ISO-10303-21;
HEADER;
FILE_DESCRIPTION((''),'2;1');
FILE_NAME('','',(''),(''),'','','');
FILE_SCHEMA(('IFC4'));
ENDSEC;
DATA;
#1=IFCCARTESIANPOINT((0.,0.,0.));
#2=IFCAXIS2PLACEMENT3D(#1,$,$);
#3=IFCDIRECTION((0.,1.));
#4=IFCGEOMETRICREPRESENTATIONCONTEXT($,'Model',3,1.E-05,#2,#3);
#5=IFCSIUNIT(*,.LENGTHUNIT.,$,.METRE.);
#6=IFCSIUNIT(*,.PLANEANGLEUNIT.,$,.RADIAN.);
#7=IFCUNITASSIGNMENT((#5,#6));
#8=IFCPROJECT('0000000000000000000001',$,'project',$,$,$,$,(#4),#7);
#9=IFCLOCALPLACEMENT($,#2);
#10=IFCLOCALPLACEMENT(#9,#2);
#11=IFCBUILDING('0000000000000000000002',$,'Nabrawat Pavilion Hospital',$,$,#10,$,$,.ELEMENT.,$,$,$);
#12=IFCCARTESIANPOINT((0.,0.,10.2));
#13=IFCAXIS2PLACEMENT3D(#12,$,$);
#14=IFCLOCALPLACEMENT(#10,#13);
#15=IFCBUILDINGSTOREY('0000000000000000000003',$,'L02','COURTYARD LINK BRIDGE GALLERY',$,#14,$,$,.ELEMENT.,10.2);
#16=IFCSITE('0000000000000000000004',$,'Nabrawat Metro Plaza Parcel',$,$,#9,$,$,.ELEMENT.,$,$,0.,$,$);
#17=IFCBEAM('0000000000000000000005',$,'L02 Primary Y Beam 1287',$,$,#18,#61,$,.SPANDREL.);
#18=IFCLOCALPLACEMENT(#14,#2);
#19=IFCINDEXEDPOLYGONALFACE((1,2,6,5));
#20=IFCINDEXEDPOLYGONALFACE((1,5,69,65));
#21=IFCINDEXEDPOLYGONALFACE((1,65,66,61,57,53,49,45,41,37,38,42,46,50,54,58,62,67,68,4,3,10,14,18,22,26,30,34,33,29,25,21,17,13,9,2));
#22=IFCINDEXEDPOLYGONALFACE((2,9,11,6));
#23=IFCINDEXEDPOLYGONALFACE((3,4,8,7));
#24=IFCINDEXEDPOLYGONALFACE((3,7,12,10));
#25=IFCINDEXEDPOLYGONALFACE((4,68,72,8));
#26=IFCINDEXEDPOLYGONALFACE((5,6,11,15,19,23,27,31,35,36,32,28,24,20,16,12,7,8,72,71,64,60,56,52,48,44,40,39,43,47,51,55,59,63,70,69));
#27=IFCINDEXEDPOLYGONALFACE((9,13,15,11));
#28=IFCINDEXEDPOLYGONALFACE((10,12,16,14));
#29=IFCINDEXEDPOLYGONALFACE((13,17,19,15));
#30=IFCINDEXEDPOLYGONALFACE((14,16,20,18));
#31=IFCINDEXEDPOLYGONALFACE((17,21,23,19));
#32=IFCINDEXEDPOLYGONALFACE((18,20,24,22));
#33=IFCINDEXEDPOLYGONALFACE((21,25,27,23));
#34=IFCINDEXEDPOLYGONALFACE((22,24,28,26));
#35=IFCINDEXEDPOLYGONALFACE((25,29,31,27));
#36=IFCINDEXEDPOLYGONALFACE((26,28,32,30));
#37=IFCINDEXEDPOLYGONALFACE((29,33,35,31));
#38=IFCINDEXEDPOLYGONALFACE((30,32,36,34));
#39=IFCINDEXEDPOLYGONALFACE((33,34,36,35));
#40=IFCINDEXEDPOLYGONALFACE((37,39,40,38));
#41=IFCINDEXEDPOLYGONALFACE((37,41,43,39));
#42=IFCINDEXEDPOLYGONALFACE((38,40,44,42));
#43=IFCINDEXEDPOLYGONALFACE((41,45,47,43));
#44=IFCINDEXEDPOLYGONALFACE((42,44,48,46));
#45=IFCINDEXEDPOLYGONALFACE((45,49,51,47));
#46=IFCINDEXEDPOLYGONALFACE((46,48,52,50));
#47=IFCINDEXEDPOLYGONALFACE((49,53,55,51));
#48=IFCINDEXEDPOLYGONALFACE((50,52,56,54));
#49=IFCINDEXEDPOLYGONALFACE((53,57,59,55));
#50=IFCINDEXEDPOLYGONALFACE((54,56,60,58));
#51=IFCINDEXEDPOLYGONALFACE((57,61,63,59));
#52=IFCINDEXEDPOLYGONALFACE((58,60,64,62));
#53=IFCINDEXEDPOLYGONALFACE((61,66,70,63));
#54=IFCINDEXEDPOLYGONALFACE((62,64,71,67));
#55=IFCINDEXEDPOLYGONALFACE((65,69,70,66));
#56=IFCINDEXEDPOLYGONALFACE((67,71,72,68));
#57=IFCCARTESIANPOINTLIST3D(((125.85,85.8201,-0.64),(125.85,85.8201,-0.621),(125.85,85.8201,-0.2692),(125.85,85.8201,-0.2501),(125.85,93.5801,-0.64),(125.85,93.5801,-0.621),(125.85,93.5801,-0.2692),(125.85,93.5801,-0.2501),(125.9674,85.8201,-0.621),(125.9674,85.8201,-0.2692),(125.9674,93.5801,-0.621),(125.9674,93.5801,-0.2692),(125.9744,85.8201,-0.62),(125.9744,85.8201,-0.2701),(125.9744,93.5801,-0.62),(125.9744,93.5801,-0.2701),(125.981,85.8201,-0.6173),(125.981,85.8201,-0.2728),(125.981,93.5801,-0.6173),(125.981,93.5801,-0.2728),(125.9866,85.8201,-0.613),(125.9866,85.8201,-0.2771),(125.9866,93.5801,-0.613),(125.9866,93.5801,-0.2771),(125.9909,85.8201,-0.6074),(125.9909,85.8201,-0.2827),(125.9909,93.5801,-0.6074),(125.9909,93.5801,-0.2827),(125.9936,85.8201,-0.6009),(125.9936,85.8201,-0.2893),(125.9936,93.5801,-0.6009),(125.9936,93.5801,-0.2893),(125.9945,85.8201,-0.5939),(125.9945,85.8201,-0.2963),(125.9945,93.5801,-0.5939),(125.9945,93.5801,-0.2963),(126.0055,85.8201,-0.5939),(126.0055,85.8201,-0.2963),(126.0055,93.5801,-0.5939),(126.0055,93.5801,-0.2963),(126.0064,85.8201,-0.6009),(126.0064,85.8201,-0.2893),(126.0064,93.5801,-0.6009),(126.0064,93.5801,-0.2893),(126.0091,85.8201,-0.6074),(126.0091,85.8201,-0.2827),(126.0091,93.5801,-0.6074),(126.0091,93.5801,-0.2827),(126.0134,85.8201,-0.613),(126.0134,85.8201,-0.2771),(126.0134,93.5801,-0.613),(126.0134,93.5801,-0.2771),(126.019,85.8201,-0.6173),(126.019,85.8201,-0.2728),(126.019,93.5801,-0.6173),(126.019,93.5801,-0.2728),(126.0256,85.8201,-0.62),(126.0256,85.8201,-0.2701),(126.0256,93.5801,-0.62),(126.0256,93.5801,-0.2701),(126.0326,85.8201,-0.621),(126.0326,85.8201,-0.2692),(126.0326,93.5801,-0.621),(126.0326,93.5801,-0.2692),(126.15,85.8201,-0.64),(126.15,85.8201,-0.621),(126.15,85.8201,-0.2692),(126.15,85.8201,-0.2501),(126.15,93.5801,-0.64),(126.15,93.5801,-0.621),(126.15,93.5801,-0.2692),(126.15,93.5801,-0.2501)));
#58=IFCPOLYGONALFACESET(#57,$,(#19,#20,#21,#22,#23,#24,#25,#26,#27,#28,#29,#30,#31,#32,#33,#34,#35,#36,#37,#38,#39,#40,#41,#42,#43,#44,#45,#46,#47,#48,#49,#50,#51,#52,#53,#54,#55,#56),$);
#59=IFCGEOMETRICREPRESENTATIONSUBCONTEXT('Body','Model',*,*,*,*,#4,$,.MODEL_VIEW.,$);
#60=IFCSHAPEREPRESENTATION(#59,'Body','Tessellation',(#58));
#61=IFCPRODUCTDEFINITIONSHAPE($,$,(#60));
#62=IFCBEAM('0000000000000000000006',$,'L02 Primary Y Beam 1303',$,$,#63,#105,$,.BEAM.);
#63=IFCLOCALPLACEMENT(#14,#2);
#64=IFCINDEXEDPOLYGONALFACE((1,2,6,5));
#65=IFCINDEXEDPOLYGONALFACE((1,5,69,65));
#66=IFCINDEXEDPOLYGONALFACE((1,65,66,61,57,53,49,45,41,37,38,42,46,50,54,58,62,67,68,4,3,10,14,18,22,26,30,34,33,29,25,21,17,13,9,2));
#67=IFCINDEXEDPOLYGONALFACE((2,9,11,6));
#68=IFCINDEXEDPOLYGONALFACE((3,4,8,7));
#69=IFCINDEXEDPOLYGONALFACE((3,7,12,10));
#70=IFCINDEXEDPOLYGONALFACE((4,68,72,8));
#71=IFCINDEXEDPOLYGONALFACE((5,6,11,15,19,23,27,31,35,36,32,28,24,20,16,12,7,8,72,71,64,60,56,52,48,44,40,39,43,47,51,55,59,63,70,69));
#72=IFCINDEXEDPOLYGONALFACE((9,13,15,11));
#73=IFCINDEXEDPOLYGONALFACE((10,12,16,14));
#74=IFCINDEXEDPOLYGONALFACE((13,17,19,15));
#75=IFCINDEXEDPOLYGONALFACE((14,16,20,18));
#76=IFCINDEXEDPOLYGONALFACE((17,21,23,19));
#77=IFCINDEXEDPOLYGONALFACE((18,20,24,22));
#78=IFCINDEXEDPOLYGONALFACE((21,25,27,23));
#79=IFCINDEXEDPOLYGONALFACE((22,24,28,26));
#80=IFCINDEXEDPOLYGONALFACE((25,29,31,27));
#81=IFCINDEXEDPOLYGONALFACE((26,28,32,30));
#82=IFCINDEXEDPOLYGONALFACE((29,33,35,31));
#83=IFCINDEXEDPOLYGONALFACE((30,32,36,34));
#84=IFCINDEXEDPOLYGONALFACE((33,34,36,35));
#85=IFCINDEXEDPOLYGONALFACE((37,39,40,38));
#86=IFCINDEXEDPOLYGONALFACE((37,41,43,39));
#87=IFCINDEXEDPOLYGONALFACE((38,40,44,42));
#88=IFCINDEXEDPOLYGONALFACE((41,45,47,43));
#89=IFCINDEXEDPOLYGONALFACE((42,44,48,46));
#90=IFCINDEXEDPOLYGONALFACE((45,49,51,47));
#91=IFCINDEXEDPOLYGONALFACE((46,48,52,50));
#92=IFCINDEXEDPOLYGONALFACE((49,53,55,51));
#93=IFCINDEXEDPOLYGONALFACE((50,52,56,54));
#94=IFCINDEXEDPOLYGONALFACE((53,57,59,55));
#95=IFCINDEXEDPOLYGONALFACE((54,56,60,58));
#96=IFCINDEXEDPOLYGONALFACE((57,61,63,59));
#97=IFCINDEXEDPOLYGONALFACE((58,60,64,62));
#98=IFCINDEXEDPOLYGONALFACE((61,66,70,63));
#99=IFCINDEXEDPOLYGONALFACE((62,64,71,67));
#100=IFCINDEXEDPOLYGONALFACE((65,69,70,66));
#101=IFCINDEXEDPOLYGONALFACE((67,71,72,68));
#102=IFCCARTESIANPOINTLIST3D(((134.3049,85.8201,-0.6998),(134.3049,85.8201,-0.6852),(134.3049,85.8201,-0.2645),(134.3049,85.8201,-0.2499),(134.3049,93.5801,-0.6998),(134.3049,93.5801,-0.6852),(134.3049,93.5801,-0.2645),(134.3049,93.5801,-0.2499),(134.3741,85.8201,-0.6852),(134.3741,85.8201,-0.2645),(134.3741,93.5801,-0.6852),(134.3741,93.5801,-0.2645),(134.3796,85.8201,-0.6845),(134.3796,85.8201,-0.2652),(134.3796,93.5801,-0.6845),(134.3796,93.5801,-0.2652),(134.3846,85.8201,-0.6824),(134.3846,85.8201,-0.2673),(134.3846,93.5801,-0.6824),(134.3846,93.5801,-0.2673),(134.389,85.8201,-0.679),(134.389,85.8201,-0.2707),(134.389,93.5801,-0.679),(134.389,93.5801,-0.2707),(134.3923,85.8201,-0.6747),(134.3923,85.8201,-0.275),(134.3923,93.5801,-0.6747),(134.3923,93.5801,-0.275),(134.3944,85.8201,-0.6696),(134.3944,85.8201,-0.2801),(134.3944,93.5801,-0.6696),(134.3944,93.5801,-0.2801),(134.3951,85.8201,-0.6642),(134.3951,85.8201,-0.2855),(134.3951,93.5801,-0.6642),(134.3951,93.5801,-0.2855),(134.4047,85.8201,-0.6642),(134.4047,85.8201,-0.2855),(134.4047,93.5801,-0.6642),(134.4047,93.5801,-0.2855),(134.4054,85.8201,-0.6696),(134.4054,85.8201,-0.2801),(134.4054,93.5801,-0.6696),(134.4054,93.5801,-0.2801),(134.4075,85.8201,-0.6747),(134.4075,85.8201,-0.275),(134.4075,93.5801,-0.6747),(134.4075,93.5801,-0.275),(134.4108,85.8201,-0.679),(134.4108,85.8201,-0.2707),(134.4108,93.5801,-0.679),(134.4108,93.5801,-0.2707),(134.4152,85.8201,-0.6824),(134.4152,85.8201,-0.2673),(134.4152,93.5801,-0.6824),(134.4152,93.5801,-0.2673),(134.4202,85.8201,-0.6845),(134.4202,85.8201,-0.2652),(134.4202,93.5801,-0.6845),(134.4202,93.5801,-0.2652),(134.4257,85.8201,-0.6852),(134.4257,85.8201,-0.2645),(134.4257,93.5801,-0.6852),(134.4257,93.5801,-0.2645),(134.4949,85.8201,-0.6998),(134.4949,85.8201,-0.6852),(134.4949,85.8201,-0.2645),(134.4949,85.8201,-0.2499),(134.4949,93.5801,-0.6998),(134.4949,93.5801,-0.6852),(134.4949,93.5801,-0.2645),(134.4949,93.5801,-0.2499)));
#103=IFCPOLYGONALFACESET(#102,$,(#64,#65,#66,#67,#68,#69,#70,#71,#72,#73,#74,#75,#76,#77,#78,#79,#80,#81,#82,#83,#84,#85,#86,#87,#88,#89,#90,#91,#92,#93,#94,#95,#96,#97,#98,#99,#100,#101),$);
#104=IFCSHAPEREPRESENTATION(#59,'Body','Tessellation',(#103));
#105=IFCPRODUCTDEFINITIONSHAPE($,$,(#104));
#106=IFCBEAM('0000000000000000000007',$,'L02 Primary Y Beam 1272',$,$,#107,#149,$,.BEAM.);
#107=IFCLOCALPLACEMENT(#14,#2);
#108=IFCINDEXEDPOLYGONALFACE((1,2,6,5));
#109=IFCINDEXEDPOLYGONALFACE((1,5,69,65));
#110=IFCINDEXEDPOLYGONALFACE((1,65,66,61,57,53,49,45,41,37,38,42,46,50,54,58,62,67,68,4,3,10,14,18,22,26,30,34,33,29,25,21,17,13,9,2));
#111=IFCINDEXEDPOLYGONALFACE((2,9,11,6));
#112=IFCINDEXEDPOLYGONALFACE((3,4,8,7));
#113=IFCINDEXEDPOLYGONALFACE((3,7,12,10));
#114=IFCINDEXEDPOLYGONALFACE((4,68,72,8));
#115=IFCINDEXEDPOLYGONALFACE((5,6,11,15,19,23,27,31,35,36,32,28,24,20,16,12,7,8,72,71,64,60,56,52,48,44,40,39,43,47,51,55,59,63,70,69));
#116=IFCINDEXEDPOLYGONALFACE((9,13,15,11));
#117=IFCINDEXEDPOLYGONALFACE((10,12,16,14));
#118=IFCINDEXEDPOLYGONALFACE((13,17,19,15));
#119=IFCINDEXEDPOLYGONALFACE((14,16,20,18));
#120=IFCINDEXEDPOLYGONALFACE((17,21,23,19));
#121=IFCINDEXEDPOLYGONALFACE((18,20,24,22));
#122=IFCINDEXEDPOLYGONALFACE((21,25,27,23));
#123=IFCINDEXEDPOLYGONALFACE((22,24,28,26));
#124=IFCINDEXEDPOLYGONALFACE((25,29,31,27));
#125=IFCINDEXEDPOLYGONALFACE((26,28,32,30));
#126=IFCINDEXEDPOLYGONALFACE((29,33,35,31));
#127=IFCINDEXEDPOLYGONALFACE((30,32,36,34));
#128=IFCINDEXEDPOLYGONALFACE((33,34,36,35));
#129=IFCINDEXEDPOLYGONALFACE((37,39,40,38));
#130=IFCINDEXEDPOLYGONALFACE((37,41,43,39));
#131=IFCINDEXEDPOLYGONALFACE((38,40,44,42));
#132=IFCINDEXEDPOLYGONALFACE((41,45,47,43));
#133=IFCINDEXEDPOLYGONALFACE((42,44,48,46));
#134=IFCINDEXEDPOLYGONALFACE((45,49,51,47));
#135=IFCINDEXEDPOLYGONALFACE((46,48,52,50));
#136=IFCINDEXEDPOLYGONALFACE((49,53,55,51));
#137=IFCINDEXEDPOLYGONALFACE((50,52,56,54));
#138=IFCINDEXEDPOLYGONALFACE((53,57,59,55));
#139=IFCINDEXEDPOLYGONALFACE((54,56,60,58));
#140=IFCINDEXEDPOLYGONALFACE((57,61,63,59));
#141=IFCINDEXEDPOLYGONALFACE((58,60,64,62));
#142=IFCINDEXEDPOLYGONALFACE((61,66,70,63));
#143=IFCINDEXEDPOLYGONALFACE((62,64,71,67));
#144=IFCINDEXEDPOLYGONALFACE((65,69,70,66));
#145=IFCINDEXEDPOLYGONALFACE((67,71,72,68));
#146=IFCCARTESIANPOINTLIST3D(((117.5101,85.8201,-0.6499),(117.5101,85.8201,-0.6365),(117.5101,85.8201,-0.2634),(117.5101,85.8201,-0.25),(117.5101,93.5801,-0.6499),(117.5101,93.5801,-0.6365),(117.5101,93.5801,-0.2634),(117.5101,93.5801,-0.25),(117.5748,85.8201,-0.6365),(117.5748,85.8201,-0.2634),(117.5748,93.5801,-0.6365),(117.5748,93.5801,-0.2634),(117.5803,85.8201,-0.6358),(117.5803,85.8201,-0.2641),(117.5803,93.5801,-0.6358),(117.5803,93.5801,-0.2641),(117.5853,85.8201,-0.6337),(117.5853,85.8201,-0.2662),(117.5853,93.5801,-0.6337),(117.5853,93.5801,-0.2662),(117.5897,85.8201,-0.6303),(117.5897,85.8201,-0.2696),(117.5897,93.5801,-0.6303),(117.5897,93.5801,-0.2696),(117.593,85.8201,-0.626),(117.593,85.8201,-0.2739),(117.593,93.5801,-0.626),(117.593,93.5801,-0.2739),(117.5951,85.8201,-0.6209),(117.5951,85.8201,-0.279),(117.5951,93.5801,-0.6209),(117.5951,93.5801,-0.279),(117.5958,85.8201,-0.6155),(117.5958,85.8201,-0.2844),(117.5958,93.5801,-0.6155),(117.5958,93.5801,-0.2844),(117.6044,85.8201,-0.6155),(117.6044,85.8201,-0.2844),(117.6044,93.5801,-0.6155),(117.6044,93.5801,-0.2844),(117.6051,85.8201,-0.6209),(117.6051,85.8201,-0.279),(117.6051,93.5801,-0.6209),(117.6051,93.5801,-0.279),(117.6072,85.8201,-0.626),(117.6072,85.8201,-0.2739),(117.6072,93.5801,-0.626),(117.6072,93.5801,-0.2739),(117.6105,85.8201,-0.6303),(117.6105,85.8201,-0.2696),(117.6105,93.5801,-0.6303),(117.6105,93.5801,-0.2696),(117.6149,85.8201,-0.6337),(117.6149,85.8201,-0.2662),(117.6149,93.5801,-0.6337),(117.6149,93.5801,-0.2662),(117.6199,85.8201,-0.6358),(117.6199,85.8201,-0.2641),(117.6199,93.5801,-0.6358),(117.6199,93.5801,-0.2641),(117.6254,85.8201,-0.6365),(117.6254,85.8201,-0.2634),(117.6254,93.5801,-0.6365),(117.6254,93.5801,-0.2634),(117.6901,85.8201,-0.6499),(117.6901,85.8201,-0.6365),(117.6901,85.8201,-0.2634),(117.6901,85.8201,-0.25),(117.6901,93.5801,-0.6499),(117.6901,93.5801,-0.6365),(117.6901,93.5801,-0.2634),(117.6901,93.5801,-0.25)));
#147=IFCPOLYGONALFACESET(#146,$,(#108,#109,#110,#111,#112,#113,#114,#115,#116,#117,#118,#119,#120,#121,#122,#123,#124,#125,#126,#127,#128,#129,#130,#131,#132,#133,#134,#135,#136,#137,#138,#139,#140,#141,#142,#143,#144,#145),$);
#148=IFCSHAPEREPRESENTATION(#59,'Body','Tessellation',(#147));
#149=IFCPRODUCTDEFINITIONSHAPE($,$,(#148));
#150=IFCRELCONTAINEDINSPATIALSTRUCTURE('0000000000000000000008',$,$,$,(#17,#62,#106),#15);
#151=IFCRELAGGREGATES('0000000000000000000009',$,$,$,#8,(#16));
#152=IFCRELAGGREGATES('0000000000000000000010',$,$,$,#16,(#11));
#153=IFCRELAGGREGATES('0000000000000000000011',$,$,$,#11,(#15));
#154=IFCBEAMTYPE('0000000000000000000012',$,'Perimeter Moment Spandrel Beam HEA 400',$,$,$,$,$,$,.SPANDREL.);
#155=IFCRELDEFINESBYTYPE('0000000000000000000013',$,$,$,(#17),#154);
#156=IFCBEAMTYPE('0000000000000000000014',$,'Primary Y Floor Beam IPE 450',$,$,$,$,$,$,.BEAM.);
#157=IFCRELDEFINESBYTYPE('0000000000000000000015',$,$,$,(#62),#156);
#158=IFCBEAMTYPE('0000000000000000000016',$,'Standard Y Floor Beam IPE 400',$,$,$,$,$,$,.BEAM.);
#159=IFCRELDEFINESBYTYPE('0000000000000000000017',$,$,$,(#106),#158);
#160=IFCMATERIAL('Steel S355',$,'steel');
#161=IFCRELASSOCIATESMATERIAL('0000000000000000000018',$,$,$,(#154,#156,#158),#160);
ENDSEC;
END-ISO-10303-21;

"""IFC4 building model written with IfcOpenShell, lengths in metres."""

from ifc_helpers import new_model, si_unit, direction, frame, origin, origin_2d, place, context, subcontext, project, spatial, i_section, extrude, material, material_profile, profile_set, type_object, element, save


model = new_model("IFC4")

# Units and contexts
model_context = context("Model", 3, precision=1e-05, world=origin(), true_north=direction((0.0, 1.0)))
body_context = subcontext(model_context, "Body", "Model", "MODEL_VIEW")
ifc_project = project(units=[si_unit("LENGTHUNIT", "METRE"), si_unit("PLANEANGLEUNIT", "RADIAN")], contexts=[model_context])

# Site, building, storey
site_placement = place(None, origin())
site = spatial("IfcSite", under=ifc_project, at=site_placement, Name="Nabrawat Metro Plaza Parcel", CompositionType="ELEMENT", RefElevation=0.0)
building_placement = place(site_placement, origin())
building = spatial("IfcBuilding", under=site, at=building_placement, Name="Nabrawat Pavilion Hospital", CompositionType="ELEMENT")
storey_placement = place(building_placement, frame((0.0, 0.0, 10.2)))
storey = spatial("IfcBuildingStorey", under=building, at=storey_placement, Name="L02", Description="COURTYARD LINK BRIDGE GALLERY", CompositionType="ELEMENT", Elevation=10.2)

# Shared definitions
ifc_material_1 = material(Name="Steel S355", Category="steel")

# Beams
ifc_material_profile_1 = material_profile(ifc_material_1, i_section(OverallWidth=0.3, OverallDepth=0.3899, WebThickness=0.011, FlangeThickness=0.019, FilletRadius=0.0271, at=origin_2d()), Name="HEA 400")
ifc_profile_set_1 = profile_set([ifc_material_profile_1], Name="Steel S355")
beam_type_1 = type_object("IfcBeamType", Name="Perimeter Moment Spandrel Beam HEA 400", PredefinedType="SPANDREL", material=ifc_profile_set_1)
beam_1_placement = place(storey_placement, frame((126.0, 85.8201, -0.4451), z_axis=(0.0, 1.0, 0.0), x_axis=(-1.0, 0.0, 0.0)))
element("IfcBeam", 1, at=beam_1_placement, inside=storey, type_object=beam_type_1, Name="L02 Primary Y Beam 1287", PredefinedType="SPANDREL", context=body_context, shape_type="SweptSolid", body=[
    extrude(i_section(OverallWidth=0.3, OverallDepth=0.3899, WebThickness=0.011, FlangeThickness=0.019, FilletRadius=0.0271, at=origin_2d()), origin(), (0.0, 0.0, 1.0), 7.76),
])
ifc_material_profile_2 = material_profile(ifc_material_1, i_section(OverallWidth=0.1899, OverallDepth=0.45, WebThickness=0.0095, FlangeThickness=0.0146, FilletRadius=0.021, at=origin_2d()), Name="IPE 450")
ifc_profile_set_2 = profile_set([ifc_material_profile_2], Name="Steel S355")
beam_type_2 = type_object("IfcBeamType", Name="Primary Y Floor Beam IPE 450", PredefinedType="BEAM", material=ifc_profile_set_2)
beam_2_placement = place(storey_placement, frame((134.3999, 85.8201, -0.4749), z_axis=(0.0, 1.0, 0.0), x_axis=(-1.0, 0.0, 0.0)))
element("IfcBeam", 2, at=beam_2_placement, inside=storey, type_object=beam_type_2, Name="L02 Primary Y Beam 1303", PredefinedType="BEAM", context=body_context, shape_type="SweptSolid", body=[
    extrude(i_section(OverallWidth=0.1899, OverallDepth=0.45, WebThickness=0.0095, FlangeThickness=0.0146, FilletRadius=0.021, at=origin_2d()), origin(), (0.0, 0.0, 1.0), 7.76),
])
ifc_material_profile_3 = material_profile(ifc_material_1, i_section(OverallWidth=0.1799, OverallDepth=0.3999, WebThickness=0.0085, FlangeThickness=0.0134, FilletRadius=0.021, at=origin_2d()), Name="IPE 400")
ifc_profile_set_3 = profile_set([ifc_material_profile_3], Name="Steel S355")
beam_type_3 = type_object("IfcBeamType", Name="Standard Y Floor Beam IPE 400", PredefinedType="BEAM", material=ifc_profile_set_3)
beam_3_placement = place(storey_placement, frame((117.6001, 85.8201, -0.45), z_axis=(0.0, 1.0, 0.0), x_axis=(-1.0, 0.0, 0.0)))
element("IfcBeam", 3, at=beam_3_placement, inside=storey, type_object=beam_type_3, Name="L02 Primary Y Beam 1272", PredefinedType="BEAM", context=body_context, shape_type="SweptSolid", body=[
    extrude(i_section(OverallWidth=0.1799, OverallDepth=0.3999, WebThickness=0.0085, FlangeThickness=0.0134, FilletRadius=0.021, at=origin_2d()), origin(), (0.0, 0.0, 1.0), 7.76),
])

save(model, "model.ifc")
